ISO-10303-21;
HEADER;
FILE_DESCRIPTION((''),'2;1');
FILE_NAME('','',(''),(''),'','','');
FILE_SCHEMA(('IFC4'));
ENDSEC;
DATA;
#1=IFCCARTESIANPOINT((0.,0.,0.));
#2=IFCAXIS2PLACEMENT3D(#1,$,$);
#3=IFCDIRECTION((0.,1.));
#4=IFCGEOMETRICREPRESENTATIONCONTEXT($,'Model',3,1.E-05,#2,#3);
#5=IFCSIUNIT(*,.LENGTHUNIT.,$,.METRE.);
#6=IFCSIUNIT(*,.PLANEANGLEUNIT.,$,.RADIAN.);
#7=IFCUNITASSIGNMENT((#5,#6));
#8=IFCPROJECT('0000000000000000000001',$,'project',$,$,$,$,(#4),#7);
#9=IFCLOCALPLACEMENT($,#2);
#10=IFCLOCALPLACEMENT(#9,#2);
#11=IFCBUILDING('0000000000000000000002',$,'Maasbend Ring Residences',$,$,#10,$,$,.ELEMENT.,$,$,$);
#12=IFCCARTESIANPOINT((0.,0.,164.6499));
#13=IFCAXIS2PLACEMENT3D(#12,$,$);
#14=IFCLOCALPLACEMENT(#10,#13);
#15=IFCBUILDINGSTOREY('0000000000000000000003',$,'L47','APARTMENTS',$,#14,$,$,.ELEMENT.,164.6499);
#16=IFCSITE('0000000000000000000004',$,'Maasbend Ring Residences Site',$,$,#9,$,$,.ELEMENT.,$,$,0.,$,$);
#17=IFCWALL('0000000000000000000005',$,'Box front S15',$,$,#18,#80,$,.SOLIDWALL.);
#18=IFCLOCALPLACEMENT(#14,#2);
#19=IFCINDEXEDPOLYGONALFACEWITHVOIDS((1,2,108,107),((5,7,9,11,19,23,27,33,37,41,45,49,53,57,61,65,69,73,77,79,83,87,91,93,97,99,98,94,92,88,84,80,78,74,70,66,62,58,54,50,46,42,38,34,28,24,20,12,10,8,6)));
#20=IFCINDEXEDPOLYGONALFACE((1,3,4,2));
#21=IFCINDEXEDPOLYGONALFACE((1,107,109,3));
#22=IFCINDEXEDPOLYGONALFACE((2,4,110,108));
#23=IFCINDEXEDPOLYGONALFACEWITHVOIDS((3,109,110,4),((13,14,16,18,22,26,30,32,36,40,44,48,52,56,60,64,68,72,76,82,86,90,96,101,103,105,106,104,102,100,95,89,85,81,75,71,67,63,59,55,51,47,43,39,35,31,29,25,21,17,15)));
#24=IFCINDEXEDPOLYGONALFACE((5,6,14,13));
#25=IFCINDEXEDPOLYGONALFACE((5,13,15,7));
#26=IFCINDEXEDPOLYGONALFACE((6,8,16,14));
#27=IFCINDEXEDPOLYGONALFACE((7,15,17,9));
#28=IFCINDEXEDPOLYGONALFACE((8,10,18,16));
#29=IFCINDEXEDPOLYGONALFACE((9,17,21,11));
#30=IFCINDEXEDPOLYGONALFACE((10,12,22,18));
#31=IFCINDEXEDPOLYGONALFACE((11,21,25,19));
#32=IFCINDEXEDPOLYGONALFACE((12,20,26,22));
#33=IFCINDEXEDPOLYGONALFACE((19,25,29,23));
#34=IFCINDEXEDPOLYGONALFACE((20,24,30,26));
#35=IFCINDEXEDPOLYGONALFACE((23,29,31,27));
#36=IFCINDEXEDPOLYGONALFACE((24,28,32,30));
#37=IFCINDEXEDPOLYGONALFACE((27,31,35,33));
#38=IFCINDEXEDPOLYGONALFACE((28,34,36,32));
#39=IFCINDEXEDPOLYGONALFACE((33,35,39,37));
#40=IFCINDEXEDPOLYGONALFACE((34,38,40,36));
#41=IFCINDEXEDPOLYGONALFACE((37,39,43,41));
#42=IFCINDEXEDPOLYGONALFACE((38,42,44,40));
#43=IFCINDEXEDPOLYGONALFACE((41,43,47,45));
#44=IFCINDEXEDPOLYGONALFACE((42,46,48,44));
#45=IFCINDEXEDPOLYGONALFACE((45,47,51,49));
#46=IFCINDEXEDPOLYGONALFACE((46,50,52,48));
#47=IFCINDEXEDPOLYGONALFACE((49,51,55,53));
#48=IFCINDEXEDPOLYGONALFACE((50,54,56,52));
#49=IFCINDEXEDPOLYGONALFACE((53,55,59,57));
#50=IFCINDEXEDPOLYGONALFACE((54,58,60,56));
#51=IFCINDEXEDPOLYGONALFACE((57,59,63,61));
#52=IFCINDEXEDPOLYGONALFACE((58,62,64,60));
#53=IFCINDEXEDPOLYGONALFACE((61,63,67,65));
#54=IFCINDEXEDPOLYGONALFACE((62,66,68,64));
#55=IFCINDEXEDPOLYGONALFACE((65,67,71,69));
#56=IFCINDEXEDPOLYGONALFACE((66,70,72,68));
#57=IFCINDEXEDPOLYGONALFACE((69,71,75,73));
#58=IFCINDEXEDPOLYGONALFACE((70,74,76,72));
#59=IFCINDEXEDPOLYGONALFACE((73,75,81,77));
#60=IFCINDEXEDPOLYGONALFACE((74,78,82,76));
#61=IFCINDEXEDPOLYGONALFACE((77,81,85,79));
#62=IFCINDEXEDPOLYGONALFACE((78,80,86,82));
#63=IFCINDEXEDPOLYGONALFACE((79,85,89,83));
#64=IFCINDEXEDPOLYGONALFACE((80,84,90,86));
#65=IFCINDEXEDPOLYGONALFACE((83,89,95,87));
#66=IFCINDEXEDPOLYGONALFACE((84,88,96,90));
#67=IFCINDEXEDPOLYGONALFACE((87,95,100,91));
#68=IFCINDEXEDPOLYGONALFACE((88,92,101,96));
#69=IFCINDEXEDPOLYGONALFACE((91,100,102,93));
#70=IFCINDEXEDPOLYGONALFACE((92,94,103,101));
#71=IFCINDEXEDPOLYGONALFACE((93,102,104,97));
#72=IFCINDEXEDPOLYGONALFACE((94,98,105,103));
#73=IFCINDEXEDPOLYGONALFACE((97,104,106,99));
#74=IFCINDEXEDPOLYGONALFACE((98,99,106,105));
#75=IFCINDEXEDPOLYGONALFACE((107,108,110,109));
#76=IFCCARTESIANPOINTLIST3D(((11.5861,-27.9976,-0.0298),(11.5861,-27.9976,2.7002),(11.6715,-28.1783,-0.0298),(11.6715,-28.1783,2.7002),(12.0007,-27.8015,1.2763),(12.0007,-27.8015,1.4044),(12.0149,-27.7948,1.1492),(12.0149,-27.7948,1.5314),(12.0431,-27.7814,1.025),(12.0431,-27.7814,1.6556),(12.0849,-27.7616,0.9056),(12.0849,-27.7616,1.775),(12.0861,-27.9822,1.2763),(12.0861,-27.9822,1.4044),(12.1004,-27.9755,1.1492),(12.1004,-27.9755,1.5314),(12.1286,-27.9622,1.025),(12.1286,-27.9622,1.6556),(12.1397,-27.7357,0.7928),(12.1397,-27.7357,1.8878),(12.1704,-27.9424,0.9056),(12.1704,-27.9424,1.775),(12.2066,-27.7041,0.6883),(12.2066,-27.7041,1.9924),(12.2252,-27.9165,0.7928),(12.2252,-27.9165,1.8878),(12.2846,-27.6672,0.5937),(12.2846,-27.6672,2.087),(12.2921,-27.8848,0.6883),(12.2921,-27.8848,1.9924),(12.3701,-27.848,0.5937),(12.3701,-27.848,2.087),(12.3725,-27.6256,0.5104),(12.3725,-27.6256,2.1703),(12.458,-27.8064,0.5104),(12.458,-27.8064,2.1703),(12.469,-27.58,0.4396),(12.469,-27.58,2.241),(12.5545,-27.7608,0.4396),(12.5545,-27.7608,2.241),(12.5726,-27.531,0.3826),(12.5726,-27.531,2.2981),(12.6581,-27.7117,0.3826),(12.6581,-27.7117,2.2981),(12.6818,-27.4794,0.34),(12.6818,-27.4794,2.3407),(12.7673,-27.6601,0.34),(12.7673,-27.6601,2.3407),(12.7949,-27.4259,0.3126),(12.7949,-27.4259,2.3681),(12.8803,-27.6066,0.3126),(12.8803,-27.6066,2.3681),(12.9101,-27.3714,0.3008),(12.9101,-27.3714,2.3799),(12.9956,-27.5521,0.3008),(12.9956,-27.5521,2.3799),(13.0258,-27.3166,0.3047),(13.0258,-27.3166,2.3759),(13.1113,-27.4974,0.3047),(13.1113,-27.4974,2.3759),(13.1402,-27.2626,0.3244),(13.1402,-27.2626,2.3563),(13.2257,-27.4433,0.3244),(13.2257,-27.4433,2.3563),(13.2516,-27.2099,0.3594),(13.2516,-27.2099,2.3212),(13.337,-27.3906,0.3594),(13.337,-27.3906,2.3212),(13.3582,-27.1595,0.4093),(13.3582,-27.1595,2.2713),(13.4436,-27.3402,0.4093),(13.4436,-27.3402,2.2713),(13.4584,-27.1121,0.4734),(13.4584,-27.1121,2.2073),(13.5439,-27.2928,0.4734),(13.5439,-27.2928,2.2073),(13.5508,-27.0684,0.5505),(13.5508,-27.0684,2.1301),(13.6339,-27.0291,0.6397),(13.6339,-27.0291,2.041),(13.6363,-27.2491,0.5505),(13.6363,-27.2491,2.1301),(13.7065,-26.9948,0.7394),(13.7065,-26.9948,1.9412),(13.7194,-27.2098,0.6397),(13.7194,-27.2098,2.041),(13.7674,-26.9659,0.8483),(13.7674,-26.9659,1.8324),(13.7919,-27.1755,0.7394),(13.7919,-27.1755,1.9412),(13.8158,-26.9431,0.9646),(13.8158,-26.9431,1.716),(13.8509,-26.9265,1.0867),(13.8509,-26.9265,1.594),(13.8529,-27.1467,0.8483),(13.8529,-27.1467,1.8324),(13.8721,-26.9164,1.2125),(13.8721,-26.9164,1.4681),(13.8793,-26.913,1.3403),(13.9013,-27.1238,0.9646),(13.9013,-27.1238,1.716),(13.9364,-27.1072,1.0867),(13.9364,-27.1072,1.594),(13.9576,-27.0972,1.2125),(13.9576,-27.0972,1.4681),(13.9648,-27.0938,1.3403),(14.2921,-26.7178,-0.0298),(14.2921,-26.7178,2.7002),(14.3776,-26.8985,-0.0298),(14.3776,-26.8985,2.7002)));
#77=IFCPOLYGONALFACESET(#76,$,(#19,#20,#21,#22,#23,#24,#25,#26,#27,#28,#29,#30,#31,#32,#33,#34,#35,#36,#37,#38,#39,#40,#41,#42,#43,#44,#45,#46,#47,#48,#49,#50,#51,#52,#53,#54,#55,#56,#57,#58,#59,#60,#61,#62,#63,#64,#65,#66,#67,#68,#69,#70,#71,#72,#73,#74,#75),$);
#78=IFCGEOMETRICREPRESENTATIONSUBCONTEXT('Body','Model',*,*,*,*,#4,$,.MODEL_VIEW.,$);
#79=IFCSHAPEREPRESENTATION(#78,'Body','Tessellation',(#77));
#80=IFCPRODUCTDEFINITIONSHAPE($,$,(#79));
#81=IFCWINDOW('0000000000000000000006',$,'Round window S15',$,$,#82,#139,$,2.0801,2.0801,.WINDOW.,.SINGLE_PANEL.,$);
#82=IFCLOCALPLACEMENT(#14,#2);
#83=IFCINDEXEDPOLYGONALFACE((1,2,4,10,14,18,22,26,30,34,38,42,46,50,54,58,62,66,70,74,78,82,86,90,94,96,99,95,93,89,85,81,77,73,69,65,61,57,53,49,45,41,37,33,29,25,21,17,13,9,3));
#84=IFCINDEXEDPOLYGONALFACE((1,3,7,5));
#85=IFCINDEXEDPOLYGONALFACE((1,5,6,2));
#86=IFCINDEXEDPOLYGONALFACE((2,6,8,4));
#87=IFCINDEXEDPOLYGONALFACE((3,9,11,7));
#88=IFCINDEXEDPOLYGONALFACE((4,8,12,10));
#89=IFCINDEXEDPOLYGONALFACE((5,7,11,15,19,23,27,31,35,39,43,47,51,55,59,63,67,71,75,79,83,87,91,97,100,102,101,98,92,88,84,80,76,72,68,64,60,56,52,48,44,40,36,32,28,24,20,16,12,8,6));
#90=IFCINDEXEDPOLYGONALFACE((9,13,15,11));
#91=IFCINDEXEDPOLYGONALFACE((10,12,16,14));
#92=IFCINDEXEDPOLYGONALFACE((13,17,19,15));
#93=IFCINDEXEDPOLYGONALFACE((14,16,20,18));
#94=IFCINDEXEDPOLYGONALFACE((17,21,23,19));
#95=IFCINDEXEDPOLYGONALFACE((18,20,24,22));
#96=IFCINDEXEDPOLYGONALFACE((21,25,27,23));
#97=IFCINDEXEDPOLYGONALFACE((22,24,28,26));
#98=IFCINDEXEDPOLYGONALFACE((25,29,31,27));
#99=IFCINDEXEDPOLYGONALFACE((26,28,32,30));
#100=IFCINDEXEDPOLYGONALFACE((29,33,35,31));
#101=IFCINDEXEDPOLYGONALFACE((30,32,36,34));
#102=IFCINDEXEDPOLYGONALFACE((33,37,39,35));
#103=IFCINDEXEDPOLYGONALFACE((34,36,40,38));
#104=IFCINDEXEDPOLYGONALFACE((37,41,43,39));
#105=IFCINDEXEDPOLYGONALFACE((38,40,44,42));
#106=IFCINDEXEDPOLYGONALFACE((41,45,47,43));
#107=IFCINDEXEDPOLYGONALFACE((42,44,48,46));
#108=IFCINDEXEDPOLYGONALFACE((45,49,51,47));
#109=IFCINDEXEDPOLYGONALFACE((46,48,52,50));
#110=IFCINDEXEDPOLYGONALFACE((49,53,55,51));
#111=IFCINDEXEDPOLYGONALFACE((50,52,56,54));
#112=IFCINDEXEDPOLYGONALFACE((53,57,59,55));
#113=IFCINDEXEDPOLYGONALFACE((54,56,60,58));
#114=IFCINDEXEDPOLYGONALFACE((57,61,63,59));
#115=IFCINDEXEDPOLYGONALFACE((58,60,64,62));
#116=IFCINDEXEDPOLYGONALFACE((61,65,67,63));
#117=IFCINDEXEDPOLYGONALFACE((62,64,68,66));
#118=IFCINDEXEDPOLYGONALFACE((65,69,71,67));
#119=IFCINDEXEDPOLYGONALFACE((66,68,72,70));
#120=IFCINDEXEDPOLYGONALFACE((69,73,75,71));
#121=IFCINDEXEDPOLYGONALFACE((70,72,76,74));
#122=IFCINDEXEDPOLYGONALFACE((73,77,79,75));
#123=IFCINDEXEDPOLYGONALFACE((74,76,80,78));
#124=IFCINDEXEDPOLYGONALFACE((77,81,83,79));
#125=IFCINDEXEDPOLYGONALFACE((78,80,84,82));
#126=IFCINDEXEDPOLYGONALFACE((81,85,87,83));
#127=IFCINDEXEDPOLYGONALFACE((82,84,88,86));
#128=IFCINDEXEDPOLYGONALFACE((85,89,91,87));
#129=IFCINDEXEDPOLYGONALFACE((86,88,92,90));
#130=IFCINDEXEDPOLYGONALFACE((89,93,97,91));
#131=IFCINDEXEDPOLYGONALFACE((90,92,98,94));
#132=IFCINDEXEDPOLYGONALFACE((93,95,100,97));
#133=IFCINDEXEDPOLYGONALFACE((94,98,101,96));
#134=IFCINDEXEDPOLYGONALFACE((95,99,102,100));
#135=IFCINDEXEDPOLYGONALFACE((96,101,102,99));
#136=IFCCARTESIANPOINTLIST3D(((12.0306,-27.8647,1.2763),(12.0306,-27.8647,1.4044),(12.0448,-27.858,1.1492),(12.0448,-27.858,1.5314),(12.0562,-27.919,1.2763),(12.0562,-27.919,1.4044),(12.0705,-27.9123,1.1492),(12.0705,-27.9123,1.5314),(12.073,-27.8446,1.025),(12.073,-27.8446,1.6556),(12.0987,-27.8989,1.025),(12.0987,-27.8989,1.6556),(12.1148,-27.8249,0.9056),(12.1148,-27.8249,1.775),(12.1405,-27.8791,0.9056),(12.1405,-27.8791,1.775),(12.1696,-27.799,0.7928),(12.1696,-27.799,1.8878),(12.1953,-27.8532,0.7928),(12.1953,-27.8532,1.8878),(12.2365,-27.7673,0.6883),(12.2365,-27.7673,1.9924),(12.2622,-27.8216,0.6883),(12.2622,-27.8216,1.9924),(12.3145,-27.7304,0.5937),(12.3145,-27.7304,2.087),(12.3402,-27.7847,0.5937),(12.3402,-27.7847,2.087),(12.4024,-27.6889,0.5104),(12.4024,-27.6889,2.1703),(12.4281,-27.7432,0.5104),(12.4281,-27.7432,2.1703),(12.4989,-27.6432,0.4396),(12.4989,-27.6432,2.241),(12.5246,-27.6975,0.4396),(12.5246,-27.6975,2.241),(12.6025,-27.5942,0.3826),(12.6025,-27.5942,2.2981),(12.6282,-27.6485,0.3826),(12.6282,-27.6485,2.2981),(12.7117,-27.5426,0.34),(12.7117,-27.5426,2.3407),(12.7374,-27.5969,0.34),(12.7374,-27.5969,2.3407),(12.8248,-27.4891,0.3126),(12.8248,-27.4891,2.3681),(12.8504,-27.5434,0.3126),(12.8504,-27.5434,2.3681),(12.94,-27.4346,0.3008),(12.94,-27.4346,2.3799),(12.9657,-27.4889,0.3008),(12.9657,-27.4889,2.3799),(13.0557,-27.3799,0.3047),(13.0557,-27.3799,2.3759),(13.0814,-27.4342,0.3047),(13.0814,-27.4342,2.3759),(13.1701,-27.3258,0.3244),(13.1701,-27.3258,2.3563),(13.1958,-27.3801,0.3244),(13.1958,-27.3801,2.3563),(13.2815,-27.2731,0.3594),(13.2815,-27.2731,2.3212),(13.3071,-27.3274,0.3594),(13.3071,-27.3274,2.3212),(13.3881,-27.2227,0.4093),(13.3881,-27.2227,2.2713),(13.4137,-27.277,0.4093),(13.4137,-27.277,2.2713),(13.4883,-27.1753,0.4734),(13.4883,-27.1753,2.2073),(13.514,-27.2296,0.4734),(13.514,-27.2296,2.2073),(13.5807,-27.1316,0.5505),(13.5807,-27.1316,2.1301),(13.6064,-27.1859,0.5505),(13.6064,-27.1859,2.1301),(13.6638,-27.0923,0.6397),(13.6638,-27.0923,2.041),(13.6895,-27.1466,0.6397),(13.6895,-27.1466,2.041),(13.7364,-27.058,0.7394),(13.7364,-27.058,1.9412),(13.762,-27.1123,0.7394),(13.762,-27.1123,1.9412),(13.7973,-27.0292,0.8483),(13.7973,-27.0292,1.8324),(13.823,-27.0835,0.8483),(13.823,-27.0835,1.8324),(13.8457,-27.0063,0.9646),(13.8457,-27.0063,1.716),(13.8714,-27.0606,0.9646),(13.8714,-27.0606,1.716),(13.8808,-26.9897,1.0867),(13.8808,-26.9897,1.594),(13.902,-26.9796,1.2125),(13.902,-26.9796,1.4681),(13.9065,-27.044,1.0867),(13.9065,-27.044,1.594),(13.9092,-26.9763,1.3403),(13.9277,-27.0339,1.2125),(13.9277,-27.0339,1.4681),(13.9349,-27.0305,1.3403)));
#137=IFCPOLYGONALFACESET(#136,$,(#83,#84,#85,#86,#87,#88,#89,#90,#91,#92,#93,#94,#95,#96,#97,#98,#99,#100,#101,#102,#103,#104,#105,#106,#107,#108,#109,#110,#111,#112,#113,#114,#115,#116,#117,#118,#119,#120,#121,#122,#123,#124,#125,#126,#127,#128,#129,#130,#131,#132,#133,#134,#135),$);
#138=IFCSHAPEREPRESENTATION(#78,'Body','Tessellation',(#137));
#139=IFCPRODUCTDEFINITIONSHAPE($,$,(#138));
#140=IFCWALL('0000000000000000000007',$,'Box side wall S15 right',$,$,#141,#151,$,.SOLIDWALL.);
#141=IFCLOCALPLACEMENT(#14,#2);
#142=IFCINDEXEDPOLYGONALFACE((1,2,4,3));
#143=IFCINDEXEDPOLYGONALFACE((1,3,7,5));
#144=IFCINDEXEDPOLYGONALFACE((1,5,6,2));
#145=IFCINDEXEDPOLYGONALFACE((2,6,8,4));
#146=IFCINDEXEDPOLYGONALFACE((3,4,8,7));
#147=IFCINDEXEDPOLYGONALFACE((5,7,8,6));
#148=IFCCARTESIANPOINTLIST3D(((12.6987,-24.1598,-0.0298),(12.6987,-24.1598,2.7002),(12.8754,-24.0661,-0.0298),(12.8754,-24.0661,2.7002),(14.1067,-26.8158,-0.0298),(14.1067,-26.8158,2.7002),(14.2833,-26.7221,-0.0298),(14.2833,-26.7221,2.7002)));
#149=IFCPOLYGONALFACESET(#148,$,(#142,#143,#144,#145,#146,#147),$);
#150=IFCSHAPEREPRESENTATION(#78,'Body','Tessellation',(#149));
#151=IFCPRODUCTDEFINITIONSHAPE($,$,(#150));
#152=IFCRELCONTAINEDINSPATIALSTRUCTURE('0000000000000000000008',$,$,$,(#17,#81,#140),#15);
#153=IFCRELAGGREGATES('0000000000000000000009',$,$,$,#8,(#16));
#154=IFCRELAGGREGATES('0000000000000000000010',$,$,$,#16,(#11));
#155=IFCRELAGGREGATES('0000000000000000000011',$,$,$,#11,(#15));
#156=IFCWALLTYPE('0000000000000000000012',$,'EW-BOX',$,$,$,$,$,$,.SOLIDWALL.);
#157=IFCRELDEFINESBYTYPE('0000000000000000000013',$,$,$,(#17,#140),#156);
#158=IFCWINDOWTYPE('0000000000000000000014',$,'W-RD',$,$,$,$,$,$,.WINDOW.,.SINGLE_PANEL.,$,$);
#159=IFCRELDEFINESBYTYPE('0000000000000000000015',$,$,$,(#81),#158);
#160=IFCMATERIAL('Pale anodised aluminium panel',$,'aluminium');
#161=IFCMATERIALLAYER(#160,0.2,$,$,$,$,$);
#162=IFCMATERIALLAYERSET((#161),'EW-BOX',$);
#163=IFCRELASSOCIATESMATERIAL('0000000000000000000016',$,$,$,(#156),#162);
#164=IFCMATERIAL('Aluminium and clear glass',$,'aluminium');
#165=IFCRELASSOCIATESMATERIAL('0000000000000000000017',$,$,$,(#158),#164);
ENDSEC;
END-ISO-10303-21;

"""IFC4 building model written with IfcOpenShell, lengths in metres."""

from ifc_helpers import new_model, si_unit, direction, frame, frame_2d, origin, place, context, subcontext, project, spatial, rectangle, circle, extrude, material, layer, layer_set, type_object, element, fill, save


model = new_model("IFC4")

# Units and contexts
model_context = context("Model", 3, precision=1e-05, world=origin(), true_north=direction((0.0, 1.0)))
body_context = subcontext(model_context, "Body", "Model", "MODEL_VIEW")
ifc_project = project(units=[si_unit("LENGTHUNIT", "METRE"), si_unit("PLANEANGLEUNIT", "RADIAN")], contexts=[model_context])

# Site, building, storey
site_placement = place(None, origin())
site = spatial("IfcSite", under=ifc_project, at=site_placement, Name="Maasbend Ring Residences Site", CompositionType="ELEMENT", RefElevation=0.0)
building_placement = place(site_placement, origin())
building = spatial("IfcBuilding", under=site, at=building_placement, Name="Maasbend Ring Residences", CompositionType="ELEMENT")
storey_placement = place(building_placement, frame((0.0, 0.0, 164.6499)))
storey = spatial("IfcBuildingStorey", under=building, at=storey_placement, Name="L47", Description="APARTMENTS", CompositionType="ELEMENT", Elevation=164.6499)

# Wall, opening, window
ifc_material_1 = material(Name="Pale anodised aluminium panel", Category="aluminium")
ifc_layer_1 = layer(ifc_material_1, 0.2)
ifc_layer_set_1 = layer_set([ifc_layer_1], Name="EW-BOX")
wall_type_1 = type_object("IfcWallType", Name="EW-BOX", PredefinedType="SOLIDWALL", material=ifc_layer_set_1)
wall_1_placement = place(storey_placement, frame((11.6289, -28.0879, -0.0298), z_axis=(0.0, 0.0, 1.0), x_axis=(0.904, 0.427532, 0.0)))
wall_1 = element("IfcWall", 1, at=wall_1_placement, inside=storey, type_object=wall_type_1, Name="Box front S15", PredefinedType="SOLIDWALL", context=body_context, shape_type="SweptSolid", body=[
    extrude(rectangle(XDim=2.9934, YDim=0.2, at=frame_2d((1.4966, 0.0))), origin(), (0.0, 0.0, 1.0), 2.73),
])
opening_1_placement = place(wall_1_placement, frame((0.4565, 0.0, 0.3301)))
opening_1 = element("IfcOpeningElement", 2, at=opening_1_placement, cuts=wall_1, PredefinedType="OPENING", context=body_context, shape_type="SweptSolid", body=[
    extrude(circle(Radius=1.04, at=frame_2d((1.04, 1.04))), frame((0.0, 0.1099, 0.0), z_axis=(0.0, -1.0, 0.0), x_axis=(1.0, 0.0, 0.0)), (0.0, 0.0, 1.0), 0.22),
])
ifc_material_2 = material(Name="Aluminium and clear glass", Category="aluminium")
window_type_1 = type_object("IfcWindowType", Name="W-RD", PartitioningType="SINGLE_PANEL", PredefinedType="WINDOW", material=ifc_material_2)
window_1_placement = place(opening_1_placement, origin())
window_1 = element("IfcWindow", 3, at=window_1_placement, inside=storey, type_object=window_type_1, Name="Round window S15", OverallHeight=2.0801, OverallWidth=2.0801, PartitioningType="SINGLE_PANEL", PredefinedType="WINDOW", context=body_context, shape_type="SweptSolid", body=[
    extrude(circle(Radius=1.04, at=frame_2d((1.04, 1.04))), frame((0.0, 0.03, 0.0), z_axis=(0.0, -1.0, 0.0), x_axis=(1.0, 0.0, 0.0)), (0.0, 0.0, 1.0), 0.0601),
])
fill(opening_1, window_1)

# Wall
wall_2_placement = place(storey_placement, frame((12.7871, -24.113, -0.0298), z_axis=(0.0, 0.0, 1.0), x_axis=(0.468365, -0.883535, 0.0)))
element("IfcWall", 4, at=wall_2_placement, inside=storey, type_object=wall_type_1, Name="Box side wall S15 right", PredefinedType="SOLIDWALL", context=body_context, shape_type="SweptSolid", body=[
    extrude(rectangle(XDim=3.0061, YDim=0.2, at=frame_2d((1.5029, 0.0))), origin(), (0.0, 0.0, 1.0), 2.73),
])

save(model, "model.ifc")
